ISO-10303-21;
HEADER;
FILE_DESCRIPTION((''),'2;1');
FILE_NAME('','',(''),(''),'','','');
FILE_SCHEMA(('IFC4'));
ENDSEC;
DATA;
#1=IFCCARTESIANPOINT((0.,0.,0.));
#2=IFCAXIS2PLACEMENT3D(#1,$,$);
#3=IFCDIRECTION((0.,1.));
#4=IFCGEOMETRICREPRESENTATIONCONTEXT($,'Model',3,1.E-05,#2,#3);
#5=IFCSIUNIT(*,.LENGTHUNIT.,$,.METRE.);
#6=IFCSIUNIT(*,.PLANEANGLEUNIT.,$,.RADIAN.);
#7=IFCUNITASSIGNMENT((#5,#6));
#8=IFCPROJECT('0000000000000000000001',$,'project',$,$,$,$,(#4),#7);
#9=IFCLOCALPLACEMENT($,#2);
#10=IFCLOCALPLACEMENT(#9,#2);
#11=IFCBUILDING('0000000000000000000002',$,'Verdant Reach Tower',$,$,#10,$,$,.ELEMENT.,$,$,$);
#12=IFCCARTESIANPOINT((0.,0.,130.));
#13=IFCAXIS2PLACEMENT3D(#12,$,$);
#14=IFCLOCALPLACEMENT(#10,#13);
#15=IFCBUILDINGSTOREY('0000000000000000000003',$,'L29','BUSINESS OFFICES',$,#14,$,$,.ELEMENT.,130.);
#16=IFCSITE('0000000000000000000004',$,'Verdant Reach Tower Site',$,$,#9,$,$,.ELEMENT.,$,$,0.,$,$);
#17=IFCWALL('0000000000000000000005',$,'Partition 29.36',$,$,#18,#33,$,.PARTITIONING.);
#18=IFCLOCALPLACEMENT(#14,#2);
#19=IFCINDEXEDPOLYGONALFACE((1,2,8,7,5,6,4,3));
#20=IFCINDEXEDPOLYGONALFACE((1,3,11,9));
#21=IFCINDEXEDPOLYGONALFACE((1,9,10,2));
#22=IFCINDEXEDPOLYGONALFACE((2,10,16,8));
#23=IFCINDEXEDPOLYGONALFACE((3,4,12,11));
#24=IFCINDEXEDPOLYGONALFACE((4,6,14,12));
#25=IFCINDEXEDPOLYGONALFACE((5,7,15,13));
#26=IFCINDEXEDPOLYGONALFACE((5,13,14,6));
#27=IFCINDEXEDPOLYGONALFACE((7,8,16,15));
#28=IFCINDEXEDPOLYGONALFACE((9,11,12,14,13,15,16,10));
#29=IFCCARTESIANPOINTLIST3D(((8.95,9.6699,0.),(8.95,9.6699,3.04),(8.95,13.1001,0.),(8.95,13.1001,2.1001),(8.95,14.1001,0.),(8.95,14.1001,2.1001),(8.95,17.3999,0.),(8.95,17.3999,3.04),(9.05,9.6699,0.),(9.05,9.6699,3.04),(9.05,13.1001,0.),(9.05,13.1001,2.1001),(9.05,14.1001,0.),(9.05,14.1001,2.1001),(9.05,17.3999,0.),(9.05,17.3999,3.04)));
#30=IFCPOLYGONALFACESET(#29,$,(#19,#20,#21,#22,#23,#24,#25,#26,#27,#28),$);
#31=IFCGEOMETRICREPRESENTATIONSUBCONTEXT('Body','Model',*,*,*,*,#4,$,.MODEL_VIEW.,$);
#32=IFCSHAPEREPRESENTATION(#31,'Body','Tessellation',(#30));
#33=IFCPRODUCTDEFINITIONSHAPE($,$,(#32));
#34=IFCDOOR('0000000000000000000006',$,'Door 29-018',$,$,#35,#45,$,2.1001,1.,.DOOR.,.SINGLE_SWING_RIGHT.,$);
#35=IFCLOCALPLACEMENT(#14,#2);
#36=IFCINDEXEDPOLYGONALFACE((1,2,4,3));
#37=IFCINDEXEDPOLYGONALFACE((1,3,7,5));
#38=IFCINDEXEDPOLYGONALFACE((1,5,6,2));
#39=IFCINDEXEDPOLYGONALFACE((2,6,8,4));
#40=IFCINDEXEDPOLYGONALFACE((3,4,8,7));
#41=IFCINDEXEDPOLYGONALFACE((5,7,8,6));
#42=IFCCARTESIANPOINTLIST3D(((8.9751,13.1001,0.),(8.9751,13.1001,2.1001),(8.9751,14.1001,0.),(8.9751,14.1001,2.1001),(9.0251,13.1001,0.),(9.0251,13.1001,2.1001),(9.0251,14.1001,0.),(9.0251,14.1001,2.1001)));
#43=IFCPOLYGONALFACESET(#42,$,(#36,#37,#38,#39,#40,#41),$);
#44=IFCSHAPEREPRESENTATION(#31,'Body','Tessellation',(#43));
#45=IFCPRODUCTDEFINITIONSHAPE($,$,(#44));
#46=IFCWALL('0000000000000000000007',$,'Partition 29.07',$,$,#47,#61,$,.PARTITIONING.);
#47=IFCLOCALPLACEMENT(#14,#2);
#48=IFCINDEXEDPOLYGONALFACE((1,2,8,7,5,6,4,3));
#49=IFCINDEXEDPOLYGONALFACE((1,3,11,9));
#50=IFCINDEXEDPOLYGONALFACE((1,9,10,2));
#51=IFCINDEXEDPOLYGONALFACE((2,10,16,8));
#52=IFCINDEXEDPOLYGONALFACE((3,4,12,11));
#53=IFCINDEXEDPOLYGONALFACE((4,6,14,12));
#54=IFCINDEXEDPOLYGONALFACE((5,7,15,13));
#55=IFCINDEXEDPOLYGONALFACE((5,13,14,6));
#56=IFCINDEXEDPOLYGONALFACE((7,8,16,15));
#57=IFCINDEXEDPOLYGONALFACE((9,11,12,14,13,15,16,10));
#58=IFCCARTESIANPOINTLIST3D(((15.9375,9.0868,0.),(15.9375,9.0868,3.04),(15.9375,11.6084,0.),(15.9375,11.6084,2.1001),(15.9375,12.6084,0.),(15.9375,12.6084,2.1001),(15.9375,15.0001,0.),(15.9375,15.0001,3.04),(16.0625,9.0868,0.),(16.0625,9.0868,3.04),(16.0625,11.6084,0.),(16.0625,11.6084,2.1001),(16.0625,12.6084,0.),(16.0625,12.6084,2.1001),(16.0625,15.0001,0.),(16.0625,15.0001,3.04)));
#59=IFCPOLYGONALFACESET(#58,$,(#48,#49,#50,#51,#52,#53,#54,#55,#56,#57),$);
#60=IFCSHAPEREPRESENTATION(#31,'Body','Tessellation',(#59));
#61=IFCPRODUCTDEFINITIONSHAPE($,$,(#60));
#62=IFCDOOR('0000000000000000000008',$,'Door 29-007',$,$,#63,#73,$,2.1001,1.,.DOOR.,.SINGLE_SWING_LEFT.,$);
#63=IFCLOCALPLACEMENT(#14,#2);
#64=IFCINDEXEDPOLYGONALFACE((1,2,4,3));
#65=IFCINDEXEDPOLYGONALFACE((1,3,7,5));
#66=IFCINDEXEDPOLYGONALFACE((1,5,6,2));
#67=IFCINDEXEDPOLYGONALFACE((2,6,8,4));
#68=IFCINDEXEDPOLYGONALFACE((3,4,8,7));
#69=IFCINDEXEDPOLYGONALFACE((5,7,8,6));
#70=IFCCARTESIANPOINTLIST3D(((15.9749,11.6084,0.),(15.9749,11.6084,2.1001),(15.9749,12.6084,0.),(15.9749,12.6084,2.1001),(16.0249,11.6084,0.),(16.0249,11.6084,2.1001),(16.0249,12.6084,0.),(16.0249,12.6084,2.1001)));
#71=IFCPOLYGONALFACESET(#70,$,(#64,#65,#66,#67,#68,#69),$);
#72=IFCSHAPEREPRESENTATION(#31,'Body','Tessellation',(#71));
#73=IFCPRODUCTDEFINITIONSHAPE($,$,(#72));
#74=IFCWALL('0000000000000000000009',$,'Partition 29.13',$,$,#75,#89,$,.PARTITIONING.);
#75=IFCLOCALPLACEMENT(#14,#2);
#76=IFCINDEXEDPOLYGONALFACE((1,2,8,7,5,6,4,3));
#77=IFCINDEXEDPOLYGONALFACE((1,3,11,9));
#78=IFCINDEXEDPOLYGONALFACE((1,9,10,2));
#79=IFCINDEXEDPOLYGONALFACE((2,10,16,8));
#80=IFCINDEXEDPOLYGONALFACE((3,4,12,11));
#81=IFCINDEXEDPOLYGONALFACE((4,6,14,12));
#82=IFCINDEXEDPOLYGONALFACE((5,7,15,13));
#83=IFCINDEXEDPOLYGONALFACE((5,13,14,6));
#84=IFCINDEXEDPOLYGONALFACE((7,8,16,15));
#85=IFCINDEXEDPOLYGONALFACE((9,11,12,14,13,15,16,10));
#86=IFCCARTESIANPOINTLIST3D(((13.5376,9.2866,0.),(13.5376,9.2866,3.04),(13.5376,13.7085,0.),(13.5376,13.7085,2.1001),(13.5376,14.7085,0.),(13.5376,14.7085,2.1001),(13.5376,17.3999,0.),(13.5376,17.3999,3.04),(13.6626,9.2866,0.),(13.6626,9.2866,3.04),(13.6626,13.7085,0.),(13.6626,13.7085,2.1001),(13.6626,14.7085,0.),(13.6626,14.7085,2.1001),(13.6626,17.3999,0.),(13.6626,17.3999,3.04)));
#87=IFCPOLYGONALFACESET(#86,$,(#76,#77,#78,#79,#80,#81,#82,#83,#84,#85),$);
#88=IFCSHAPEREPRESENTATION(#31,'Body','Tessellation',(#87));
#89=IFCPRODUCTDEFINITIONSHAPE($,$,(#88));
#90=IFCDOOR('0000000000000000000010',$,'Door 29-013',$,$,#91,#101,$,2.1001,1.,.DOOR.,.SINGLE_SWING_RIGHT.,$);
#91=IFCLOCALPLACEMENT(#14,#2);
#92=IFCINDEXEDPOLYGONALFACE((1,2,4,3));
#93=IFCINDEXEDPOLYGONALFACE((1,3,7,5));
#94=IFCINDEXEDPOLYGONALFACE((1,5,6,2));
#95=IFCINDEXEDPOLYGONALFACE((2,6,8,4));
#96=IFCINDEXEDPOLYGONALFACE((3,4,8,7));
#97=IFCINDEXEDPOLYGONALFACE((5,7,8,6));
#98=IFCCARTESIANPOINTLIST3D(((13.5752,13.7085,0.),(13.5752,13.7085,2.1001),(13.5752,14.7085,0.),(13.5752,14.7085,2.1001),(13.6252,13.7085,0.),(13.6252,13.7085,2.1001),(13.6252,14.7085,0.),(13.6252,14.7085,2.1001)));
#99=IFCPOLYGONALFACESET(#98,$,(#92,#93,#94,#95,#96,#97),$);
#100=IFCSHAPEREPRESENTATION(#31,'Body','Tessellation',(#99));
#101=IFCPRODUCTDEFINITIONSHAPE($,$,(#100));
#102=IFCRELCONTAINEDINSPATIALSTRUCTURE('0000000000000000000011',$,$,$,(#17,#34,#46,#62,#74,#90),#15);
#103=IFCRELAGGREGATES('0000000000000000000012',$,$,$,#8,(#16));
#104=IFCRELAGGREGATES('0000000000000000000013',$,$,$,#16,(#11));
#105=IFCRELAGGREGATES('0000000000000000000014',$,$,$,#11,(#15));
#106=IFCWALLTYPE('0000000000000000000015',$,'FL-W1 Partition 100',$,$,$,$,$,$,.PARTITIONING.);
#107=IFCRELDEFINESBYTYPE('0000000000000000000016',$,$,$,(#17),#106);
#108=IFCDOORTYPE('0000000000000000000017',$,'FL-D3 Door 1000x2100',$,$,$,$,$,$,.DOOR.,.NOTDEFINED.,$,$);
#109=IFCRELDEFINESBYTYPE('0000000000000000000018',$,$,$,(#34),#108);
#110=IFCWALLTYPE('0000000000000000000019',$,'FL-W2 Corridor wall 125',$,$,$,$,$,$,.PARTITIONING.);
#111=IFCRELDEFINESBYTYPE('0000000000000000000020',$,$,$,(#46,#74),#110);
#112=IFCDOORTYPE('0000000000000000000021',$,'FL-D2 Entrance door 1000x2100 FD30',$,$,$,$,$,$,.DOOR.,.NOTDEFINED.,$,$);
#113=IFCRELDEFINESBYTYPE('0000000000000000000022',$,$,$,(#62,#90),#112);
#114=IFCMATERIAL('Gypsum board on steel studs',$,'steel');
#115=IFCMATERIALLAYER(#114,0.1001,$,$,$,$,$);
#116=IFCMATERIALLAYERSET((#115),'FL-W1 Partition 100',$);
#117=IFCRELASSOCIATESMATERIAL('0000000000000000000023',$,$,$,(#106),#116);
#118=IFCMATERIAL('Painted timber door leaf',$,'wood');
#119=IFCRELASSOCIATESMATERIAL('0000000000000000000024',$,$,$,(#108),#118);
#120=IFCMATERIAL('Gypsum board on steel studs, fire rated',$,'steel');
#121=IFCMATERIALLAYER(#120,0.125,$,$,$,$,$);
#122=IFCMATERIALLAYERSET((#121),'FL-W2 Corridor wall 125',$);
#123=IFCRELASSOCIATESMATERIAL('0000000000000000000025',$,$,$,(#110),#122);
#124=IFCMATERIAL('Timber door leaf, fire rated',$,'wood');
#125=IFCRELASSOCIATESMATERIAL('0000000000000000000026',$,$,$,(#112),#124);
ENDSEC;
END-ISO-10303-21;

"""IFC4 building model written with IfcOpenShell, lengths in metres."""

from ifc_helpers import new_model, si_unit, direction, frame, frame_2d, origin, place, context, subcontext, project, spatial, rectangle, extrude, material, layer, layer_set, type_object, element, fill, save


model = new_model("IFC4")

# Units and contexts
model_context = context("Model", 3, precision=1e-05, world=origin(), true_north=direction((0.0, 1.0)))
body_context = subcontext(model_context, "Body", "Model", "MODEL_VIEW")
ifc_project = project(units=[si_unit("LENGTHUNIT", "METRE"), si_unit("PLANEANGLEUNIT", "RADIAN")], contexts=[model_context])

# Site, building, storey
site_placement = place(None, origin())
site = spatial("IfcSite", under=ifc_project, at=site_placement, Name="Verdant Reach Tower Site", CompositionType="ELEMENT", RefElevation=0.0)
building_placement = place(site_placement, origin())
building = spatial("IfcBuilding", under=site, at=building_placement, Name="Verdant Reach Tower", CompositionType="ELEMENT")
storey_placement = place(building_placement, frame((0.0, 0.0, 130.0)))
storey = spatial("IfcBuildingStorey", under=building, at=storey_placement, Name="L29", Description="BUSINESS OFFICES", CompositionType="ELEMENT", Elevation=130.0)

# Shared definitions
ifc_material_1 = material(Name="Gypsum board on steel studs", Category="steel")
ifc_layer_1 = layer(ifc_material_1, 0.1001)
ifc_layer_set_1 = layer_set([ifc_layer_1], Name="FL-W1 Partition 100")
wall_type_1 = type_object("IfcWallType", Name="FL-W1 Partition 100", PredefinedType="PARTITIONING", material=ifc_layer_set_1)

# Walls, openings, doors
wall_1_placement = place(storey_placement, frame((9.0, 9.6699, 0.0), z_axis=(0.0, 0.0, 1.0), x_axis=(0.0, 1.0, 0.0)))
wall_1 = element("IfcWall", 1, at=wall_1_placement, inside=storey, type_object=wall_type_1, Name="Partition 29.36", PredefinedType="PARTITIONING", context=body_context, shape_type="SweptSolid", body=[
    extrude(rectangle(XDim=7.73, YDim=0.1001, at=frame_2d((3.865, 0.0))), origin(), (0.0, 0.0, 1.0), 3.04),
])
opening_1_placement = place(wall_1_placement, frame((3.4302, 0.0, 0.0)))
opening_1 = element("IfcOpeningElement", 2, at=opening_1_placement, cuts=wall_1, PredefinedType="OPENING", context=body_context, shape_type="SweptSolid", body=[
    extrude(rectangle(XDim=1.0, YDim=2.1001, at=frame_2d((0.5, 1.05))), frame((0.0, 0.0601, 0.0), z_axis=(0.0, -1.0, 0.0), x_axis=(1.0, 0.0, 0.0)), (0.0, 0.0, 1.0), 0.1201),
])
ifc_material_2 = material(Name="Painted timber door leaf", Category="wood")
door_type_1 = type_object("IfcDoorType", Name="FL-D3 Door 1000x2100", OperationType="NOTDEFINED", PredefinedType="DOOR", material=ifc_material_2)
door_1_placement = place(opening_1_placement, origin())
door_1 = element("IfcDoor", 3, at=door_1_placement, inside=storey, type_object=door_type_1, Name="Door 29-018", OperationType="SINGLE_SWING_RIGHT", OverallHeight=2.1001, OverallWidth=1.0, PredefinedType="DOOR", context=body_context, shape_type="SweptSolid", body=[
    extrude(rectangle(XDim=1.0, YDim=2.1001, at=frame_2d((0.5, 1.05))), frame((0.0, 0.0249, 0.0), z_axis=(0.0, -1.0, 0.0), x_axis=(1.0, 0.0, 0.0)), (0.0, 0.0, 1.0), 0.05),
])
fill(opening_1, door_1)
ifc_material_3 = material(Name="Gypsum board on steel studs, fire rated", Category="steel")
ifc_layer_2 = layer(ifc_material_3, 0.125)
ifc_layer_set_2 = layer_set([ifc_layer_2], Name="FL-W2 Corridor wall 125")
wall_type_2 = type_object("IfcWallType", Name="FL-W2 Corridor wall 125", PredefinedType="PARTITIONING", material=ifc_layer_set_2)
wall_2_placement = place(storey_placement, frame((16.0, 15.0, 0.0), z_axis=(0.0, 0.0, 1.0), x_axis=(0.0, -1.0, 0.0)))
wall_2 = element("IfcWall", 4, at=wall_2_placement, inside=storey, type_object=wall_type_2, Name="Partition 29.07", PredefinedType="PARTITIONING", context=body_context, shape_type="SweptSolid", body=[
    extrude(rectangle(XDim=5.9133, YDim=0.125, at=frame_2d((2.9565, 0.0))), origin(), (0.0, 0.0, 1.0), 3.04),
])
opening_2_placement = place(wall_2_placement, frame((2.3916, 0.0, 0.0)))
opening_2 = element("IfcOpeningElement", 5, at=opening_2_placement, cuts=wall_2, PredefinedType="OPENING", context=body_context, shape_type="SweptSolid", body=[
    extrude(rectangle(XDim=1.0, YDim=2.1001, at=frame_2d((0.5, 1.05))), frame((0.0, 0.0725, 0.0), z_axis=(0.0, -1.0, 0.0), x_axis=(1.0, 0.0, 0.0)), (0.0, 0.0, 1.0), 0.145),
])
ifc_material_4 = material(Name="Timber door leaf, fire rated", Category="wood")
door_type_2 = type_object("IfcDoorType", Name="FL-D2 Entrance door 1000x2100 FD30", OperationType="NOTDEFINED", PredefinedType="DOOR", material=ifc_material_4)
door_2_placement = place(opening_2_placement, origin())
door_2 = element("IfcDoor", 6, at=door_2_placement, inside=storey, type_object=door_type_2, Name="Door 29-007", OperationType="SINGLE_SWING_LEFT", OverallHeight=2.1001, OverallWidth=1.0, PredefinedType="DOOR", context=body_context, shape_type="SweptSolid", body=[
    extrude(rectangle(XDim=1.0, YDim=2.1001, at=frame_2d((0.5, 1.05))), frame((0.0, 0.0249, 0.0), z_axis=(0.0, -1.0, 0.0), x_axis=(1.0, 0.0, 0.0)), (0.0, 0.0, 1.0), 0.05),
])
fill(opening_2, door_2)
wall_3_placement = place(storey_placement, frame((13.6001, 9.2866, 0.0), z_axis=(0.0, 0.0, 1.0), x_axis=(0.0, 1.0, 0.0)))
wall_3 = element("IfcWall", 7, at=wall_3_placement, inside=storey, type_object=wall_type_2, Name="Partition 29.13", PredefinedType="PARTITIONING", context=body_context, shape_type="SweptSolid", body=[
    extrude(rectangle(XDim=8.1133, YDim=0.125, at=frame_2d((4.0566, 0.0))), origin(), (0.0, 0.0, 1.0), 3.04),
])
opening_3_placement = place(wall_3_placement, frame((4.4219, 0.0, 0.0)))
opening_3 = element("IfcOpeningElement", 8, at=opening_3_placement, cuts=wall_3, PredefinedType="OPENING", context=body_context, shape_type="SweptSolid", body=[
    extrude(rectangle(XDim=1.0, YDim=2.1001, at=frame_2d((0.5, 1.05))), frame((0.0, 0.0725, 0.0), z_axis=(0.0, -1.0, 0.0), x_axis=(1.0, 0.0, 0.0)), (0.0, 0.0, 1.0), 0.145),
])
door_3_placement = place(opening_3_placement, origin())
door_3 = element("IfcDoor", 9, at=door_3_placement, inside=storey, type_object=door_type_2, Name="Door 29-013", OperationType="SINGLE_SWING_RIGHT", OverallHeight=2.1001, OverallWidth=1.0, PredefinedType="DOOR", context=body_context, shape_type="SweptSolid", body=[
    extrude(rectangle(XDim=1.0, YDim=2.1001, at=frame_2d((0.5, 1.05))), frame((0.0, 0.0249, 0.0), z_axis=(0.0, -1.0, 0.0), x_axis=(1.0, 0.0, 0.0)), (0.0, 0.0, 1.0), 0.05),
])
fill(opening_3, door_3)

save(model, "model.ifc")
